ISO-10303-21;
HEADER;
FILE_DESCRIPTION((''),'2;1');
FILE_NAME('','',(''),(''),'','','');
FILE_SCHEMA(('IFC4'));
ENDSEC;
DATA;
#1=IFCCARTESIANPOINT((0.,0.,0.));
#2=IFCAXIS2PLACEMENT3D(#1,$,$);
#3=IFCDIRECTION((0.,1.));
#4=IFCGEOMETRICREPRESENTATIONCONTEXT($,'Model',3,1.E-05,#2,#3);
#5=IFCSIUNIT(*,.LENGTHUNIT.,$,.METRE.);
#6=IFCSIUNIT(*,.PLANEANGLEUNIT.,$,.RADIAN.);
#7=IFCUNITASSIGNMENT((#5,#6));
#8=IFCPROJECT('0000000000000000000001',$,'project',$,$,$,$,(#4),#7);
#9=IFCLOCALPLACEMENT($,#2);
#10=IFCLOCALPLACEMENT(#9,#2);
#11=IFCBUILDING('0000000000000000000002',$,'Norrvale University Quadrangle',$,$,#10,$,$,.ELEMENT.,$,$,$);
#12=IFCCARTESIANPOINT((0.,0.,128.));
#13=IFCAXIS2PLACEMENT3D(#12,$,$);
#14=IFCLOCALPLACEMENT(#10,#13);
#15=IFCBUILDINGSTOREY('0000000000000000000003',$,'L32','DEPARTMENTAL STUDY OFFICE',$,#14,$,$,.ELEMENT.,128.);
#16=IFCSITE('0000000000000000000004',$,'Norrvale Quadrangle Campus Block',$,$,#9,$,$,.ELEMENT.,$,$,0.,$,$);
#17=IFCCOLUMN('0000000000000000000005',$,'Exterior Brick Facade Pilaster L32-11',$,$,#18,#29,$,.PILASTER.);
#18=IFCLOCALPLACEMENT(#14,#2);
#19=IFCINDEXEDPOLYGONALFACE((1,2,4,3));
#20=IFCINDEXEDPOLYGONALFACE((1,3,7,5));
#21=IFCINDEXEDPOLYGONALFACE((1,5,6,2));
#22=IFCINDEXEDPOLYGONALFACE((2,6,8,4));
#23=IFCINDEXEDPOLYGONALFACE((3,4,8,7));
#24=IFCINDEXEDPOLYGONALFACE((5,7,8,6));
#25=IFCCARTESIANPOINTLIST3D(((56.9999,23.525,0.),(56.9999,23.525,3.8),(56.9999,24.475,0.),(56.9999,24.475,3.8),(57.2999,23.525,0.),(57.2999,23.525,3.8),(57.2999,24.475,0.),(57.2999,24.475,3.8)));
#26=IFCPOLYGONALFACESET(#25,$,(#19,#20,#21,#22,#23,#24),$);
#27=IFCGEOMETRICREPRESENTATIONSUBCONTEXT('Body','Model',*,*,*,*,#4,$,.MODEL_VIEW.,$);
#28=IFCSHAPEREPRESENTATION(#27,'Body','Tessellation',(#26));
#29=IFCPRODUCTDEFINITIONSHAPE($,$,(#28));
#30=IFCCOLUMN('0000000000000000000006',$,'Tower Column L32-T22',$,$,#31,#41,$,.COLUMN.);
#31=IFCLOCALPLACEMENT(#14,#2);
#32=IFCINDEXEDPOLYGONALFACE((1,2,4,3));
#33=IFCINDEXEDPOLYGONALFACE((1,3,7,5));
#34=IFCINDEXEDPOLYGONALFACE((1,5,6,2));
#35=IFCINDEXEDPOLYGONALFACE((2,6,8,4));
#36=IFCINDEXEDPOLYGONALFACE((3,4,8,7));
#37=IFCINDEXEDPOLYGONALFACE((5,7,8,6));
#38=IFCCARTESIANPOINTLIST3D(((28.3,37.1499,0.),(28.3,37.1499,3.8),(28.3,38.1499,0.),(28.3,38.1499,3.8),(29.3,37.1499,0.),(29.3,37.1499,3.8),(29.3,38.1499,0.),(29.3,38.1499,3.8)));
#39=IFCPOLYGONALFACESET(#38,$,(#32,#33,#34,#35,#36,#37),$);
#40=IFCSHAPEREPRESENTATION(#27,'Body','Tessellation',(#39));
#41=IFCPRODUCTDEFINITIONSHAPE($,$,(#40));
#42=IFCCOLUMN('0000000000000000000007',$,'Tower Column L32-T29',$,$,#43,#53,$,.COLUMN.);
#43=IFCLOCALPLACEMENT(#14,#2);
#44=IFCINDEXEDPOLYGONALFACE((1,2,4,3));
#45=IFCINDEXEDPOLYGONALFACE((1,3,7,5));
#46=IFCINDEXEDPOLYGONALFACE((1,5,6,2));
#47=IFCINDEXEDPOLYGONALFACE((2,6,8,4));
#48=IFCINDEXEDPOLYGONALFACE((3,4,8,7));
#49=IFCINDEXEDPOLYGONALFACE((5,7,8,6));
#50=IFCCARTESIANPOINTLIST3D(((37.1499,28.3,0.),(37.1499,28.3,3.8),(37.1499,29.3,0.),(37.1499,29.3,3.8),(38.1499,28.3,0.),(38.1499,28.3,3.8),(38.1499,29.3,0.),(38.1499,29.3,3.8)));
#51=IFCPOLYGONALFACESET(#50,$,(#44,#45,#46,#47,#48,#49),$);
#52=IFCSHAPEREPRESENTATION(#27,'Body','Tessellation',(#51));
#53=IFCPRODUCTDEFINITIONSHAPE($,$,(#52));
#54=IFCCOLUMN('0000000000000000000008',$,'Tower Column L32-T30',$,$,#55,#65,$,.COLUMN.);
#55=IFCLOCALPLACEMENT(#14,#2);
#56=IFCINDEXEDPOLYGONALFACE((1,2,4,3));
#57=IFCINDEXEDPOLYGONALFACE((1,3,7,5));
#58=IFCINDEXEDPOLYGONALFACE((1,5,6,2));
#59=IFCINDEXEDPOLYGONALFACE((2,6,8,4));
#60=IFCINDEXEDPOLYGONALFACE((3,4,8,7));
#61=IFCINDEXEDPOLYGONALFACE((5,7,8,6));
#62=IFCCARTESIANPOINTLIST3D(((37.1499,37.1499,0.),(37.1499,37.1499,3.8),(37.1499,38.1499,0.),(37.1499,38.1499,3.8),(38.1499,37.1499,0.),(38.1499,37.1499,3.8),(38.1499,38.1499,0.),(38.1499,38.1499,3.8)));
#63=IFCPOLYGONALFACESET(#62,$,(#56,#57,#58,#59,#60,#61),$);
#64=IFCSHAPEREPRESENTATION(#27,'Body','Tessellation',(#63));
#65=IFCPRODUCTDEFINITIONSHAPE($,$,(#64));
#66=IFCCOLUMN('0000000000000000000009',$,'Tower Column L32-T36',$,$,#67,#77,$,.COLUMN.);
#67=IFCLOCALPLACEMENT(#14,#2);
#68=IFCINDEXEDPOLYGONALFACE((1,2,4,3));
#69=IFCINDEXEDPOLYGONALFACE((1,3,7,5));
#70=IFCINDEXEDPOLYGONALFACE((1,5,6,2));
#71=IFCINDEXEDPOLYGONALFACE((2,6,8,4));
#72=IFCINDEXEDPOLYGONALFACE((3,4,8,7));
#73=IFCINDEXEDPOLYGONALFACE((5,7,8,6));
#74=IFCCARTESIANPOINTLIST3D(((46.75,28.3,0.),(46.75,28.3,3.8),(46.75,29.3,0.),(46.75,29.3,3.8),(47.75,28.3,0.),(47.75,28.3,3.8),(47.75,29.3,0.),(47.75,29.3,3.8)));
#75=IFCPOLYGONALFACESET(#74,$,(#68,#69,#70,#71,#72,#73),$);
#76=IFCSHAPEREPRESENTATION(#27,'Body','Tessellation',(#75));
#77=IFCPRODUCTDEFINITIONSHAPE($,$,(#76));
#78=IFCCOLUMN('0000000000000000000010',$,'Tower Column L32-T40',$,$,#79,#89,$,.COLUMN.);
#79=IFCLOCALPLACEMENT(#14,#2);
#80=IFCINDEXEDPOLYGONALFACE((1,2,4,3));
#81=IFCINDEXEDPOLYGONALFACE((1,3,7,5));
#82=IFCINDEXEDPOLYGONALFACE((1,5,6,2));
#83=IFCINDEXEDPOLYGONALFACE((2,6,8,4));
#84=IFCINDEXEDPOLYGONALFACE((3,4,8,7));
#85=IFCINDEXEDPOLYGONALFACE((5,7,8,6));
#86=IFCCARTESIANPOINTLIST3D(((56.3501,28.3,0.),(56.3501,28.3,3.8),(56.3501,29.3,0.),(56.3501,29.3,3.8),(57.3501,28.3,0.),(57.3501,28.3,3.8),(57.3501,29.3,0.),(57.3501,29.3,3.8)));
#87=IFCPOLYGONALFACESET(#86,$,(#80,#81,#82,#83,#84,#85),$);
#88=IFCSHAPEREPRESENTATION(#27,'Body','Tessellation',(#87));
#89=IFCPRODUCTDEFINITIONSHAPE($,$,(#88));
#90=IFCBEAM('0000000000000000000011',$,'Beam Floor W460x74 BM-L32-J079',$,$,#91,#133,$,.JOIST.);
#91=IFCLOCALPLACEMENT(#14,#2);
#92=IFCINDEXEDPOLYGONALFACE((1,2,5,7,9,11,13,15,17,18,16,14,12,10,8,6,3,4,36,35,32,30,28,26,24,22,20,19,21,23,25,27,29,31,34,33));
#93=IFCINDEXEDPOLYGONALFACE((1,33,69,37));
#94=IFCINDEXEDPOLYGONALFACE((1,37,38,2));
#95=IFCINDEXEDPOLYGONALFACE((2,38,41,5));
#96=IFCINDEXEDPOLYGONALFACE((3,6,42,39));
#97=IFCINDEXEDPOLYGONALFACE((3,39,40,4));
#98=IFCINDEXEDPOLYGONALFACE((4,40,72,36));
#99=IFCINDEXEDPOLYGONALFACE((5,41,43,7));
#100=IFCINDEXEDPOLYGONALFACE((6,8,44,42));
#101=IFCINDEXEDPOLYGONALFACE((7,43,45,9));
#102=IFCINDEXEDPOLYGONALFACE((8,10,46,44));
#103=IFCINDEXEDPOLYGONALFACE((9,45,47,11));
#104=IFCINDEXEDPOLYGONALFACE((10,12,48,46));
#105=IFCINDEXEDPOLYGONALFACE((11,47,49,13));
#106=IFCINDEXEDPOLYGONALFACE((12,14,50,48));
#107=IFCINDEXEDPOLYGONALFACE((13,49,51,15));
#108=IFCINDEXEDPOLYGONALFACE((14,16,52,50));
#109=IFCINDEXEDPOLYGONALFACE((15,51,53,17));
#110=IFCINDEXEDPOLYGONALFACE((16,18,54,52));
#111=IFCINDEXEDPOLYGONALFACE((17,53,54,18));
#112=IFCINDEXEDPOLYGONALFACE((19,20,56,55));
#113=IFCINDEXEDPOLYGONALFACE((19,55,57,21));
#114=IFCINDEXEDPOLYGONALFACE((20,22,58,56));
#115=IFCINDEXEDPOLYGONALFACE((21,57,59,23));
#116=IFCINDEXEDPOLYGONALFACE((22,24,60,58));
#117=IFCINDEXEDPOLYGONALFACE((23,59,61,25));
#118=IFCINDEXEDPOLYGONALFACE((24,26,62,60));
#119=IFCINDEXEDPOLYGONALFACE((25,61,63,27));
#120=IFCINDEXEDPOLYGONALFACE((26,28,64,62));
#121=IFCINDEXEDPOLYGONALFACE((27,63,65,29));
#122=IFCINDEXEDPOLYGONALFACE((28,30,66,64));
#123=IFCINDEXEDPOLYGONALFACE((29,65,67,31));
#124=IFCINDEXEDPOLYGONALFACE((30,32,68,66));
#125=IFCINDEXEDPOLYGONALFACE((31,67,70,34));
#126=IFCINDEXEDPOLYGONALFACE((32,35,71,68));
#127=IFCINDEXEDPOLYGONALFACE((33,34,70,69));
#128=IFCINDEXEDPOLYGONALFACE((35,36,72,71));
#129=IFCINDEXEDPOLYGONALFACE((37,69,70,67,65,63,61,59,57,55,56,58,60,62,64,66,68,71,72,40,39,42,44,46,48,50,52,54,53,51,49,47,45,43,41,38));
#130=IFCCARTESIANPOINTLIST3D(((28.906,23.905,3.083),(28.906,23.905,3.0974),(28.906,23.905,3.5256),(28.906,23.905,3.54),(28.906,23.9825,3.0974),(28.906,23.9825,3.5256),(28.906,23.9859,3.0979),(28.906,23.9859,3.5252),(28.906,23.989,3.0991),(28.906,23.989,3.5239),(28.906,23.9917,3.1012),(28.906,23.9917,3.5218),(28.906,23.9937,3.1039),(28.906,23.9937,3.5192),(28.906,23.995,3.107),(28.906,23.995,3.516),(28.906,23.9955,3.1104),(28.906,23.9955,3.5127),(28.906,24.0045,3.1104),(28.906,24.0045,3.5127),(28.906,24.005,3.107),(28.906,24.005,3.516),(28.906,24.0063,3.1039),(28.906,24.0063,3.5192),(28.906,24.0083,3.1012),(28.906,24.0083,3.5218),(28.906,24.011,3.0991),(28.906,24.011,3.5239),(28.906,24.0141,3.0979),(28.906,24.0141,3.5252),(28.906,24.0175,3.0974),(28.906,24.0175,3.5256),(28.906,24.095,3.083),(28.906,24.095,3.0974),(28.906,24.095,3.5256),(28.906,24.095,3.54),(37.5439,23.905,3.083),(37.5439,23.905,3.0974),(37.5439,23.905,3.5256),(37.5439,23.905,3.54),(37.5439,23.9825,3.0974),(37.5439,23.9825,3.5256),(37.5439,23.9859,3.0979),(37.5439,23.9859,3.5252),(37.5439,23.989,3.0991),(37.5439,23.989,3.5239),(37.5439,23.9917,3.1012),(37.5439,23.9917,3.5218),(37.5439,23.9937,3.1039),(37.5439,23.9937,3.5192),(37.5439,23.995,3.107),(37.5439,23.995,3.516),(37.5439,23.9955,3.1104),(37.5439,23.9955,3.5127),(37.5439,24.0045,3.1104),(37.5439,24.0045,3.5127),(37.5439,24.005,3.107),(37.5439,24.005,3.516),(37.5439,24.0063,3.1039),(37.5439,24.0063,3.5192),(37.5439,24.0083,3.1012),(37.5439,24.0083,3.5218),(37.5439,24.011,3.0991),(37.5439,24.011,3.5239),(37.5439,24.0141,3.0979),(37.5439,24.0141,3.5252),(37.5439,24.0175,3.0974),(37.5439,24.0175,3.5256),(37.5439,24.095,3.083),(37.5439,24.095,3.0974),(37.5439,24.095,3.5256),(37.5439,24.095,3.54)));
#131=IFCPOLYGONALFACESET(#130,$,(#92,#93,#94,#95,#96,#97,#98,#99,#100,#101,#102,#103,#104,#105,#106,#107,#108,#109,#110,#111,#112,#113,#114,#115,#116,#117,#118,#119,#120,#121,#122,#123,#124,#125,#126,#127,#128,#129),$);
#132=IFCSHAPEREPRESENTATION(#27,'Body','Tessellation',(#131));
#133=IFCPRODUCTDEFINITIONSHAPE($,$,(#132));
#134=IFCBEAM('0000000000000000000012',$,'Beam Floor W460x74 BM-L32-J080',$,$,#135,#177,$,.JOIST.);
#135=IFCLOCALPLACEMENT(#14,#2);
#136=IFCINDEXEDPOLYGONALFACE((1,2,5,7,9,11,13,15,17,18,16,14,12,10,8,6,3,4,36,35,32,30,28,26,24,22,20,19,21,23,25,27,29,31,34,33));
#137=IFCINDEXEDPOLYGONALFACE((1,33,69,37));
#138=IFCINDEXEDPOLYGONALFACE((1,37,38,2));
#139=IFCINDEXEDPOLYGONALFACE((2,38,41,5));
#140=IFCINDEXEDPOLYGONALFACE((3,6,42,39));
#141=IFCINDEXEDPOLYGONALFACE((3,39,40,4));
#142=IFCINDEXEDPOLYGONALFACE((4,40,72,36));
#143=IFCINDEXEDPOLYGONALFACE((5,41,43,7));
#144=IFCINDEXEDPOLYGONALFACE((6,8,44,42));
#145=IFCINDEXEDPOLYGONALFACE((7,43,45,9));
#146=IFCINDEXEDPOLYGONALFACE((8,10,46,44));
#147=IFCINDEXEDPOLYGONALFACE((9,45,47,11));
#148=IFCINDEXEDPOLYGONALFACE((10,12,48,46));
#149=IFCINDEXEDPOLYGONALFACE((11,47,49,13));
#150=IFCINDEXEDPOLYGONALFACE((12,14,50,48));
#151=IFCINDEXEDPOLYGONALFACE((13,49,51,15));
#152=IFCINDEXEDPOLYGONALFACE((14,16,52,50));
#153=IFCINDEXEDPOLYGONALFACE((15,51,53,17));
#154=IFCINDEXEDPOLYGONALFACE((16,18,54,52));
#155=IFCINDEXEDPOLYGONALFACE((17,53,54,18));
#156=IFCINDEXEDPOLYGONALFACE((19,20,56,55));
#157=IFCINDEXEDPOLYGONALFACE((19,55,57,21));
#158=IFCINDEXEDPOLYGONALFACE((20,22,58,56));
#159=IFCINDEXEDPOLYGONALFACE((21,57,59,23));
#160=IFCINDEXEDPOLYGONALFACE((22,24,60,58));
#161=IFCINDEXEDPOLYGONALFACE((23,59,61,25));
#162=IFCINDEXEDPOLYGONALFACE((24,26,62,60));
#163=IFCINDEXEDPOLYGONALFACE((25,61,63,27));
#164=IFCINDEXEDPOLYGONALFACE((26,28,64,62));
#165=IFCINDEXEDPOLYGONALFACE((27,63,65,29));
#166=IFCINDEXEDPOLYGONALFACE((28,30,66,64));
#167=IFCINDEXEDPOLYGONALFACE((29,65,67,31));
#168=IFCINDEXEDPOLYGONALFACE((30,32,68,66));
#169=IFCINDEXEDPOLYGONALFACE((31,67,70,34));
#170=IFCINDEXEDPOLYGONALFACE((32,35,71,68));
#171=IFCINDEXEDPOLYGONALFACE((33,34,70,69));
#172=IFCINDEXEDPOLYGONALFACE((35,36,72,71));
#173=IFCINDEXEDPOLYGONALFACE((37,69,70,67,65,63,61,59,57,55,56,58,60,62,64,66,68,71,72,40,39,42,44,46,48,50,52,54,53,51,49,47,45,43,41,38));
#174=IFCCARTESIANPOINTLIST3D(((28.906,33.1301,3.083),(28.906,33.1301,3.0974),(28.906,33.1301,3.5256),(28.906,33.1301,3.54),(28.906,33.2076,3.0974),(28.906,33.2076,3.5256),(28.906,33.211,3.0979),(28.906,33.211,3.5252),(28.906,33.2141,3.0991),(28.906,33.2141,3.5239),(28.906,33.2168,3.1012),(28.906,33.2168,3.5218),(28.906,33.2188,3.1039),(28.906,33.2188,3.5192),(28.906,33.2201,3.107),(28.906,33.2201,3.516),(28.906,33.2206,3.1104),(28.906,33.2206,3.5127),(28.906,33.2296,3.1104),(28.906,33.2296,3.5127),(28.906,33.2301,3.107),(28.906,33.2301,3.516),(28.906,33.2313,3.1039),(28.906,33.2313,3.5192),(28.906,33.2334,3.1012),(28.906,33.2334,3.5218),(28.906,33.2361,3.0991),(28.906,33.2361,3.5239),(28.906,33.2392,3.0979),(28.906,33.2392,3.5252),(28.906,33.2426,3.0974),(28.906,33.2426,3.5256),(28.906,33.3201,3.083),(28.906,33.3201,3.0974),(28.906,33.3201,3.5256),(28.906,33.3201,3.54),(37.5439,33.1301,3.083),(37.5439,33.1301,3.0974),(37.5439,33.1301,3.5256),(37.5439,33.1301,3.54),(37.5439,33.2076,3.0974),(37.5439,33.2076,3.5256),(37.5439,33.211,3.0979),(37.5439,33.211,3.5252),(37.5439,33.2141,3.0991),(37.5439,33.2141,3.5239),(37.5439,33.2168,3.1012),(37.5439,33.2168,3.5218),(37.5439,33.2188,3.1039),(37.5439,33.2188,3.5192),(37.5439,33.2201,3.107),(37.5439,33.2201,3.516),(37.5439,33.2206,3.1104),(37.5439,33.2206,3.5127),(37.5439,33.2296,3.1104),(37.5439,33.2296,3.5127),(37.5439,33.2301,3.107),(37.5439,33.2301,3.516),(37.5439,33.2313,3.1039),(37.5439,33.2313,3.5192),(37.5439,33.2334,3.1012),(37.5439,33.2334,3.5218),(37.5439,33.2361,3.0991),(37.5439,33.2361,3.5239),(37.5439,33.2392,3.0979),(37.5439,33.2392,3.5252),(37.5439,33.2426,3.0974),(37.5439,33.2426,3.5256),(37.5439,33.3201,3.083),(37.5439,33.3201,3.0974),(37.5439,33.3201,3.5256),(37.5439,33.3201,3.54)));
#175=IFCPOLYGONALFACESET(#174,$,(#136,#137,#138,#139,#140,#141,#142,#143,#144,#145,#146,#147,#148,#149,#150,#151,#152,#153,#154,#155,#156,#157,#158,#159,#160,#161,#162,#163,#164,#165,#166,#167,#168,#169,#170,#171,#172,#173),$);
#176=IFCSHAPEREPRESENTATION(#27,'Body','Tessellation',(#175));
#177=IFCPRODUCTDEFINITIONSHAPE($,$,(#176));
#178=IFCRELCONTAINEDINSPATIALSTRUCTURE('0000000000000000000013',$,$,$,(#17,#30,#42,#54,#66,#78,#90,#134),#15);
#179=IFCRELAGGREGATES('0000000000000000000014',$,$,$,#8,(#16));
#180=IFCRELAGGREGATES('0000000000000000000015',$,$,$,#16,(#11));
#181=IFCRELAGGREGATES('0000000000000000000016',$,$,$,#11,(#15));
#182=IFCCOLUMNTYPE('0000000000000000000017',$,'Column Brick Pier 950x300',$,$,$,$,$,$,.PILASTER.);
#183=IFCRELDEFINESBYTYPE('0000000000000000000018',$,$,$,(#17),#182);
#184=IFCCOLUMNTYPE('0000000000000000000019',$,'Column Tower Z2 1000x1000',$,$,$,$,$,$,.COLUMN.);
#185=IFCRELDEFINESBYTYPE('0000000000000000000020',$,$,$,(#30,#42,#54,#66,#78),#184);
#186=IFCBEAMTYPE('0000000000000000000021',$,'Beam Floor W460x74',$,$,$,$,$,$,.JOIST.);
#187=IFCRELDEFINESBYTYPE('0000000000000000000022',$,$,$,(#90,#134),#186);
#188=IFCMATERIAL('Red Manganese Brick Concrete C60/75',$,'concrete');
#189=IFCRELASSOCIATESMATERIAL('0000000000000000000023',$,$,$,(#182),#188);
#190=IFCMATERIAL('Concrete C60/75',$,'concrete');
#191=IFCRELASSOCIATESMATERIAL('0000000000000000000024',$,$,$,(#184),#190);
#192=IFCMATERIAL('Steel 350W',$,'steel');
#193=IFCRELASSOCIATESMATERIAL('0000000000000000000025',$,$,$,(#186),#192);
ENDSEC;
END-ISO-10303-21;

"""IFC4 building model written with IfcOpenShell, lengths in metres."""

from ifc_helpers import new_model, si_unit, direction, frame, origin, origin_2d, place, context, subcontext, project, spatial, rectangle, i_section, extrude, material, material_profile, profile_set, type_object, element, save


model = new_model("IFC4")

# Units and contexts
model_context = context("Model", 3, precision=1e-05, world=origin(), true_north=direction((0.0, 1.0)))
body_context = subcontext(model_context, "Body", "Model", "MODEL_VIEW")
ifc_project = project(units=[si_unit("LENGTHUNIT", "METRE"), si_unit("PLANEANGLEUNIT", "RADIAN")], contexts=[model_context])

# Site, building, storey
site_placement = place(None, origin())
site = spatial("IfcSite", under=ifc_project, at=site_placement, Name="Norrvale Quadrangle Campus Block", CompositionType="ELEMENT", RefElevation=0.0)
building_placement = place(site_placement, origin())
building = spatial("IfcBuilding", under=site, at=building_placement, Name="Norrvale University Quadrangle", CompositionType="ELEMENT")
storey_placement = place(building_placement, frame((0.0, 0.0, 128.0)))
storey = spatial("IfcBuildingStorey", under=building, at=storey_placement, Name="L32", Description="DEPARTMENTAL STUDY OFFICE", CompositionType="ELEMENT", Elevation=128.0)

# Columns
ifc_material_1 = material(Name="Red Manganese Brick Concrete C60/75", Category="concrete")
ifc_material_profile_1 = material_profile(ifc_material_1, rectangle(XDim=0.95, YDim=0.3, at=origin_2d()), Name="Red Manganese Brick Concrete C60/75")
ifc_profile_set_1 = profile_set([ifc_material_profile_1], Name="Red Manganese Brick Concrete C60/75")
column_type_1 = type_object("IfcColumnType", Name="Column Brick Pier 950x300", PredefinedType="PILASTER", material=ifc_profile_set_1)
column_placement = place(storey_placement, frame((57.1499, 24.0, 0.0), z_axis=(0.0, 0.0, 1.0), x_axis=(0.0, 1.0, 0.0)))
element("IfcColumn", 1, at=column_placement, inside=storey, type_object=column_type_1, Name="Exterior Brick Facade Pilaster L32-11", PredefinedType="PILASTER", context=body_context, shape_type="SweptSolid", body=[
    extrude(rectangle(XDim=0.95, YDim=0.3, at=origin_2d()), origin(), (0.0, 0.0, 1.0), 3.8),
])
ifc_material_2 = material(Name="Concrete C60/75", Category="concrete")
ifc_material_profile_2 = material_profile(ifc_material_2, rectangle(XDim=1.0, YDim=1.0, at=origin_2d()), Name="Concrete C60/75")
ifc_profile_set_2 = profile_set([ifc_material_profile_2], Name="Concrete C60/75")
column_type_2 = type_object("IfcColumnType", Name="Column Tower Z2 1000x1000", PredefinedType="COLUMN", material=ifc_profile_set_2)
for number, where, z_axis, x_axis, name in (
    (2, (28.8, 37.6499, 0.0), (0.0, 0.0, 1.0), (1.0, 0.0, 0.0), "Tower Column L32-T22"),
    (3, (37.6499, 28.8, 0.0), (0.0, 0.0, 1.0), (1.0, 0.0, 0.0), "Tower Column L32-T29"),
    (4, (37.6499, 37.6499, 0.0), (0.0, 0.0, 1.0), (1.0, 0.0, 0.0), "Tower Column L32-T30"),
    (5, (47.25, 28.8, 0.0), (0.0, 0.0, 1.0), (1.0, 0.0, 0.0), "Tower Column L32-T36"),
    (6, (56.8501, 28.8, 0.0), (0.0, 0.0, 1.0), (1.0, 0.0, 0.0), "Tower Column L32-T40"),
):
    element("IfcColumn", number, at=place(storey_placement, frame(where, z_axis=z_axis, x_axis=x_axis)), inside=storey, type_object=column_type_2, Name=name, PredefinedType="COLUMN", context=body_context, shape_type="SweptSolid", body=[
        extrude(rectangle(XDim=1.0, YDim=1.0, at=origin_2d()), origin(), (0.0, 0.0, 1.0), 3.8),
    ])

# Beams
ifc_material_3 = material(Name="Steel 350W", Category="steel")
ifc_material_profile_3 = material_profile(ifc_material_3, i_section(OverallWidth=0.1899, OverallDepth=0.457, WebThickness=0.009, FlangeThickness=0.0144, FilletRadius=0.0129, at=origin_2d()), Name="Steel 350W")
ifc_profile_set_3 = profile_set([ifc_material_profile_3], Name="Steel 350W")
beam_type_1 = type_object("IfcBeamType", Name="Beam Floor W460x74", PredefinedType="JOIST", material=ifc_profile_set_3)
for number, where, z_axis, x_axis, name in (
    (7, (28.906, 24.0, 3.3115), (1.0, 0.0, 0.0), (0.0, 1.0, 0.0), "Beam Floor W460x74 BM-L32-J079"),
    (8, (28.906, 33.2251, 3.3115), (1.0, 0.0, 0.0), (0.0, 1.0, 0.0), "Beam Floor W460x74 BM-L32-J080"),
):
    element("IfcBeam", number, at=place(storey_placement, frame(where, z_axis=z_axis, x_axis=x_axis)), inside=storey, type_object=beam_type_1, Name=name, PredefinedType="JOIST", context=body_context, shape_type="SweptSolid", body=[
        extrude(i_section(OverallWidth=0.1899, OverallDepth=0.457, WebThickness=0.009, FlangeThickness=0.0144, FilletRadius=0.0129, at=origin_2d()), origin(), (0.0, 0.0, 1.0), 8.6379),
    ])

save(model, "model.ifc")
